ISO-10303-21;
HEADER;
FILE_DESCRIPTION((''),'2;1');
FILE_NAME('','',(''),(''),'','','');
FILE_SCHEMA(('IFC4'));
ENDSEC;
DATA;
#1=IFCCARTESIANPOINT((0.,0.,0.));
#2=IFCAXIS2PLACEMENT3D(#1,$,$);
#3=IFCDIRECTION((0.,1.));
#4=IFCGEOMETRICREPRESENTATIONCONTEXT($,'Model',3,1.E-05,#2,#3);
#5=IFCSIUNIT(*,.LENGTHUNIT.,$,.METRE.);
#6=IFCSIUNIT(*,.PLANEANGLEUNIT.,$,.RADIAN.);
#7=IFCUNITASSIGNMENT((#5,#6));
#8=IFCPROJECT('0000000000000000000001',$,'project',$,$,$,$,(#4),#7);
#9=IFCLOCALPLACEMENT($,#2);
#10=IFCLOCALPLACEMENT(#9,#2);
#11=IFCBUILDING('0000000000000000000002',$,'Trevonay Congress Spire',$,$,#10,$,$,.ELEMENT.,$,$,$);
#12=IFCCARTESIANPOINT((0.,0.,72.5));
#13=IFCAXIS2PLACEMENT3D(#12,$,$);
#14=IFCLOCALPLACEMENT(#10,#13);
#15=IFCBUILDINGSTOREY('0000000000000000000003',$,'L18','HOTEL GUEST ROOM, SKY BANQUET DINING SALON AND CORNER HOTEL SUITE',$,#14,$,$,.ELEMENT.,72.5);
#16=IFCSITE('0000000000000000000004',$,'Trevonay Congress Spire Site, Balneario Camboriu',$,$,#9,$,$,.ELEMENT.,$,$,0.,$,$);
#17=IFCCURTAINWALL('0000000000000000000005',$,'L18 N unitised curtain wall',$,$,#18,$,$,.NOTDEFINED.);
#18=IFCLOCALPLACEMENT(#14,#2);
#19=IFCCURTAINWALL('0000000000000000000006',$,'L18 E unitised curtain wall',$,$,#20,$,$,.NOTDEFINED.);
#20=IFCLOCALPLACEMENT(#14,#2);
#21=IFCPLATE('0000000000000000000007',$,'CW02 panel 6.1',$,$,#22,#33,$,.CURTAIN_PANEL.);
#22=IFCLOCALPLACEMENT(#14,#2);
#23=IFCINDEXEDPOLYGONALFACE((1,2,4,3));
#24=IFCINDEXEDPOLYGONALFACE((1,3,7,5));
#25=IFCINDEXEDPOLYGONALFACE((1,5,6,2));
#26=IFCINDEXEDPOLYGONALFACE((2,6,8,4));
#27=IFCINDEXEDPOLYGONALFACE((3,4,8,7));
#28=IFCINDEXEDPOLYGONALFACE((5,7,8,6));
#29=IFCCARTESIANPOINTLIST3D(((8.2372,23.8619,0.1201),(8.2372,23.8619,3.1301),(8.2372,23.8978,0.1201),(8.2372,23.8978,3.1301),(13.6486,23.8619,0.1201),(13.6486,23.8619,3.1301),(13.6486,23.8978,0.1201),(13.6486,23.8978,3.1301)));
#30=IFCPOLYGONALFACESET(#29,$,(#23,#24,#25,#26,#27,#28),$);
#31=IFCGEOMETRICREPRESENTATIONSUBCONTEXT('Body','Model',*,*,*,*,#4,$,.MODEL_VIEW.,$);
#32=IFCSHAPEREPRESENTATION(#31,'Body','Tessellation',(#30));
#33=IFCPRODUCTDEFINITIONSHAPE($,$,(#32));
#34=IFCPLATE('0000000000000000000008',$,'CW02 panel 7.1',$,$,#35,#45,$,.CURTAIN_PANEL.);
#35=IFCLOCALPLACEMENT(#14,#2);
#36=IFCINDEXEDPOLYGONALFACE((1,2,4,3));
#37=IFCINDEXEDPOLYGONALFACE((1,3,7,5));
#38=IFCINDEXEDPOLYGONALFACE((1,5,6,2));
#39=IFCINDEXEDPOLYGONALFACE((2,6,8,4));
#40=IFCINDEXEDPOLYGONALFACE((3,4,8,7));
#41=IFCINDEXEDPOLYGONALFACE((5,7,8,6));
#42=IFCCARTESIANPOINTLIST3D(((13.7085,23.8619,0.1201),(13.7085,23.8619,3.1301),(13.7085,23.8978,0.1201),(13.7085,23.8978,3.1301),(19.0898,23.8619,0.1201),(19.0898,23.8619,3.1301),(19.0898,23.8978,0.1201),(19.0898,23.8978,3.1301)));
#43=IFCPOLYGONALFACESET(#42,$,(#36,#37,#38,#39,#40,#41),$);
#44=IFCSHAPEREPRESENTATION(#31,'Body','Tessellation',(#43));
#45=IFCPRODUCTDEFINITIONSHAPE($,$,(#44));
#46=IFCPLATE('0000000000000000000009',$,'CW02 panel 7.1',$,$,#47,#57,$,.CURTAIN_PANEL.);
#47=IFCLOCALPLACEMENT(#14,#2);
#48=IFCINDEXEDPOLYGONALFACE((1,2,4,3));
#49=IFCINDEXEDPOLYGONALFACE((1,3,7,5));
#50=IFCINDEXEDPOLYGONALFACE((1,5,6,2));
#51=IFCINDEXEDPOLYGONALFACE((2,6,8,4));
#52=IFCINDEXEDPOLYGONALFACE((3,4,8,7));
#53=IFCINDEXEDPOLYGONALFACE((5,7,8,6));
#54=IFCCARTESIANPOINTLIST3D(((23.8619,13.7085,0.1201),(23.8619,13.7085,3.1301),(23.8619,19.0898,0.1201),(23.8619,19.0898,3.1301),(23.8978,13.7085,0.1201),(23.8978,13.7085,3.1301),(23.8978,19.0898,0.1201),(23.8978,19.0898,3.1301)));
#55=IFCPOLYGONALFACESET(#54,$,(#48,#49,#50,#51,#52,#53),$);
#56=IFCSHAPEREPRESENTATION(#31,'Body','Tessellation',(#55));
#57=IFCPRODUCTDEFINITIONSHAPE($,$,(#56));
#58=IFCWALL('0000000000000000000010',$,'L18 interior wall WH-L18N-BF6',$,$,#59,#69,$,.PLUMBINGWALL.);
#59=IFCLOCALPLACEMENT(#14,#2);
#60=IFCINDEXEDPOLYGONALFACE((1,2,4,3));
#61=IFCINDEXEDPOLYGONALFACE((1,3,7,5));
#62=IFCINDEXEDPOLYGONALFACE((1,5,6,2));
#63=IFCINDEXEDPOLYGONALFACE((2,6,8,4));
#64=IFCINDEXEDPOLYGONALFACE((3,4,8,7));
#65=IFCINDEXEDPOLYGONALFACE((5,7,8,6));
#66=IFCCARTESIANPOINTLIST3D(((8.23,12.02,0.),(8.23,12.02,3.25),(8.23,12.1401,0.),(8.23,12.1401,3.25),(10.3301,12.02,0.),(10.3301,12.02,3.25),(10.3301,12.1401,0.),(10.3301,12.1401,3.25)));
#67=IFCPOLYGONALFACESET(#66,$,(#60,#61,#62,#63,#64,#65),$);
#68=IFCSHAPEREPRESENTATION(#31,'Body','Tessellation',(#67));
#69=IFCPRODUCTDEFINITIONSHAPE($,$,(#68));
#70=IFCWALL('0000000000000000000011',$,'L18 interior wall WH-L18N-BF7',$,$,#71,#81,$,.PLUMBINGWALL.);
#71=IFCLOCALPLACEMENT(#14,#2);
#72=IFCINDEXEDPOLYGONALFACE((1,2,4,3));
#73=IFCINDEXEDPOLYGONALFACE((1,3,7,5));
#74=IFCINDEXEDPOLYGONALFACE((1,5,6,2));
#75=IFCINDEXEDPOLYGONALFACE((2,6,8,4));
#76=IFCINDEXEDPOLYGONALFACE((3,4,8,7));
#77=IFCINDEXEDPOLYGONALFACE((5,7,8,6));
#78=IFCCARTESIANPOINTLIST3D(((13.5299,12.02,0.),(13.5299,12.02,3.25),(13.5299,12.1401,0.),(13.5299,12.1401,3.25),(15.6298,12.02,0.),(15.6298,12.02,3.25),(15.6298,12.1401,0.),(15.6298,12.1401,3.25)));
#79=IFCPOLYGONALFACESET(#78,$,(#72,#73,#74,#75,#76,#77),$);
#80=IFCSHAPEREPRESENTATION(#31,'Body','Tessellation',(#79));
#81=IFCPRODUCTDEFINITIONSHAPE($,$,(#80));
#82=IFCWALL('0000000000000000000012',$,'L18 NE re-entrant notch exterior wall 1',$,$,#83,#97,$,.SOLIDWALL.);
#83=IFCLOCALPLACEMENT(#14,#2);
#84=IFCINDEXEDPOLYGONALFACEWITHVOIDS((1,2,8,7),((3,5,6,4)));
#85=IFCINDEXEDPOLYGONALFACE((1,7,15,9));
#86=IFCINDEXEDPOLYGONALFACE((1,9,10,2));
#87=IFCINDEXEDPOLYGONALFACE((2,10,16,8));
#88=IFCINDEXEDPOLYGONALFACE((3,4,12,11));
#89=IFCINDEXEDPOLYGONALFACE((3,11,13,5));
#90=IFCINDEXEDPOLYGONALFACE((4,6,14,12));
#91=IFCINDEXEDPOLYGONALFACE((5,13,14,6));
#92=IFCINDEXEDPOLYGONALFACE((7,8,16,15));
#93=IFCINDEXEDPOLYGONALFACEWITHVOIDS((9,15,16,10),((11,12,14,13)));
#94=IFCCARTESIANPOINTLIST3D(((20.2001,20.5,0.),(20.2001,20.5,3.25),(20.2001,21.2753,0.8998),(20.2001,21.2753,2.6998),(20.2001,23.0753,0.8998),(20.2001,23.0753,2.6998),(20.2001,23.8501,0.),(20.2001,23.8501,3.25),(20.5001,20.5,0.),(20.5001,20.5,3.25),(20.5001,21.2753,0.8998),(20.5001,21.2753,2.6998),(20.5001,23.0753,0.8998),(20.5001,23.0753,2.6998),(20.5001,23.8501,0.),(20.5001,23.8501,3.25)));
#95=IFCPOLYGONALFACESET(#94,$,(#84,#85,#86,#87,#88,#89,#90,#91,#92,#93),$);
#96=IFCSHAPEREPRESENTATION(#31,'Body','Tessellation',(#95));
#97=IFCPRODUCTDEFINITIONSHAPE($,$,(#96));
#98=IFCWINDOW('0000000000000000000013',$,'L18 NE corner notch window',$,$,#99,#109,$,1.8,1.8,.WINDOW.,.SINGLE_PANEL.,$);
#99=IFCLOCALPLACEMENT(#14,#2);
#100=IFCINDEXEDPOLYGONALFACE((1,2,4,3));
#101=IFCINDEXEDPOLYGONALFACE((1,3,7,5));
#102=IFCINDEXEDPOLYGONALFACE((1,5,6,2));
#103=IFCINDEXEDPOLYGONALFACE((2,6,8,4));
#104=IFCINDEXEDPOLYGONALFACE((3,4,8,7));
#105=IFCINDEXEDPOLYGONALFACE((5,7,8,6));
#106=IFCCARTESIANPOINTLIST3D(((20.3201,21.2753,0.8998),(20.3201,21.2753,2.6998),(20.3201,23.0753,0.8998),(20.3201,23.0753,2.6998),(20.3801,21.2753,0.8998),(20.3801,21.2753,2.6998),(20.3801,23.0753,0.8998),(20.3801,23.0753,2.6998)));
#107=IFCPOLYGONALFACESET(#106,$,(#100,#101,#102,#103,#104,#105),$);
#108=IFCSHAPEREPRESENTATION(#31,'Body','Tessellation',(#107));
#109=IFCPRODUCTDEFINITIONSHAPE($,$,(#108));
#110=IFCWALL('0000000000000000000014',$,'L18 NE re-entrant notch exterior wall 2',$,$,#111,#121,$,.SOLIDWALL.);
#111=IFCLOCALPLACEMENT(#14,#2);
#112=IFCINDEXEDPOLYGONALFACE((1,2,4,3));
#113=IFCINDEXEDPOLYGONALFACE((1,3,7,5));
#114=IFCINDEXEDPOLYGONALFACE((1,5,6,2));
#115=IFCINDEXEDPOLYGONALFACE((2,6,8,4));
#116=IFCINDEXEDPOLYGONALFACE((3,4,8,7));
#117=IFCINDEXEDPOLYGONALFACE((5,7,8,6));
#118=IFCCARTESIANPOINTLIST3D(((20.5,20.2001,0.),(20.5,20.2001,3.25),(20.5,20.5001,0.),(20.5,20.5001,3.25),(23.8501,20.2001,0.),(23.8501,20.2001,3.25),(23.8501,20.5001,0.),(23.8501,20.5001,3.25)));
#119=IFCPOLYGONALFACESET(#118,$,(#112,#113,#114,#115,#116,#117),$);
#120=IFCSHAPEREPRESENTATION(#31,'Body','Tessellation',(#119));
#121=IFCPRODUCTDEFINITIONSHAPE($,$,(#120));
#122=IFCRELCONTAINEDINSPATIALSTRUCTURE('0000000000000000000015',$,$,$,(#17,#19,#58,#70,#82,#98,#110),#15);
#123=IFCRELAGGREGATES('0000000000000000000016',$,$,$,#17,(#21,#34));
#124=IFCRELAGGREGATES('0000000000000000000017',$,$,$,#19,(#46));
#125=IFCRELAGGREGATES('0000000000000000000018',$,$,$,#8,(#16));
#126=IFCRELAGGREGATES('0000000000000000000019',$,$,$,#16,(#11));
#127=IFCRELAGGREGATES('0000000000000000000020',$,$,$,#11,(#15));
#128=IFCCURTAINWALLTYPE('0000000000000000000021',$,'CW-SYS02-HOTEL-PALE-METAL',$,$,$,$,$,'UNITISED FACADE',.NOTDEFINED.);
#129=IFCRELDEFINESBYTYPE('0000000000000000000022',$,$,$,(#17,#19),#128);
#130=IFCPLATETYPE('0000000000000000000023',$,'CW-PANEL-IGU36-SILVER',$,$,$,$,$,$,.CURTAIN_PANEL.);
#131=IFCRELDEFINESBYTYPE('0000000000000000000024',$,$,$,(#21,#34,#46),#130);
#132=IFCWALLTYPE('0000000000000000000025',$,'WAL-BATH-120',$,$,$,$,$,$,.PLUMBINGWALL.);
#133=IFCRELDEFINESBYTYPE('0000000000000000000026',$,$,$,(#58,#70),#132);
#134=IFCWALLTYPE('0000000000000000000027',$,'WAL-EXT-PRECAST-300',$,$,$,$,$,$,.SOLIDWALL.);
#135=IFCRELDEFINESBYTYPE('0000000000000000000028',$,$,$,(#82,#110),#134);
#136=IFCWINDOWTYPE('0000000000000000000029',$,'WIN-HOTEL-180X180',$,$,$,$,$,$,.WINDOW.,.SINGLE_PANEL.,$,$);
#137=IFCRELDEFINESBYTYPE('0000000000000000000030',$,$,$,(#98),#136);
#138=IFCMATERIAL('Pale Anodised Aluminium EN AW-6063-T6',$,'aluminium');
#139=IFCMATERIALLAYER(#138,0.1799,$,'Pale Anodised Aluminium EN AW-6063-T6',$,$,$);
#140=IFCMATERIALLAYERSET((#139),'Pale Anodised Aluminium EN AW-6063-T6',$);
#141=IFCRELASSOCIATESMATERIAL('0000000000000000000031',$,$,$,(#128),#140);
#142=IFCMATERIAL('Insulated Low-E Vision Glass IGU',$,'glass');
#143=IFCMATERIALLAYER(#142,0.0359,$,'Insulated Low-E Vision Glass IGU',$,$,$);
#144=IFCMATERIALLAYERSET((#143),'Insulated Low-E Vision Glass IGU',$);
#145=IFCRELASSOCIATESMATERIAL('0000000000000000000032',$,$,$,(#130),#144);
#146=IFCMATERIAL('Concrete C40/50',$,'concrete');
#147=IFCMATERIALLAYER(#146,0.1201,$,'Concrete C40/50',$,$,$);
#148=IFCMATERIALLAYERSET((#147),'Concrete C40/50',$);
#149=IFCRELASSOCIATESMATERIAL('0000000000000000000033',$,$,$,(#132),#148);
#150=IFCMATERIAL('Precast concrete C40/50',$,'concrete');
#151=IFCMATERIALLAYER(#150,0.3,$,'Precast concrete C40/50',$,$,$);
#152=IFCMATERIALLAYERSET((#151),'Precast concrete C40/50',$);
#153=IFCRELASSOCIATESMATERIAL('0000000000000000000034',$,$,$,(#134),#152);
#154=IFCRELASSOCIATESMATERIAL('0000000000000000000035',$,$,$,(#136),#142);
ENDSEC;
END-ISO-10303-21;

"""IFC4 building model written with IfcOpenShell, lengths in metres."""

from ifc_helpers import new_model, si_unit, direction, frame, frame_2d, origin, origin_2d, place, context, subcontext, project, spatial, rectangle, extrude, material, layer, layer_set, type_object, element, fill, aggregate, save


model = new_model("IFC4")

# Units and contexts
model_context = context("Model", 3, precision=1e-05, world=origin(), true_north=direction((0.0, 1.0)))
body_context = subcontext(model_context, "Body", "Model", "MODEL_VIEW")
ifc_project = project(units=[si_unit("LENGTHUNIT", "METRE"), si_unit("PLANEANGLEUNIT", "RADIAN")], contexts=[model_context])

# Site, building, storey
site_placement = place(None, origin())
site = spatial("IfcSite", under=ifc_project, at=site_placement, Name="Trevonay Congress Spire Site, Balneario Camboriu", CompositionType="ELEMENT", RefElevation=0.0)
building_placement = place(site_placement, origin())
building = spatial("IfcBuilding", under=site, at=building_placement, Name="Trevonay Congress Spire", CompositionType="ELEMENT")
storey_placement = place(building_placement, frame((0.0, 0.0, 72.5)))
storey = spatial("IfcBuildingStorey", under=building, at=storey_placement, Name="L18", Description="HOTEL GUEST ROOM, SKY BANQUET DINING SALON AND CORNER HOTEL SUITE", CompositionType="ELEMENT", Elevation=72.5)

# Curtain walls
ifc_material_1 = material(Name="Pale Anodised Aluminium EN AW-6063-T6", Category="aluminium")
ifc_layer_1 = layer(ifc_material_1, 0.1799, Name="Pale Anodised Aluminium EN AW-6063-T6")
ifc_layer_set_1 = layer_set([ifc_layer_1], Name="Pale Anodised Aluminium EN AW-6063-T6")
curtain_wall_type = type_object("IfcCurtainWallType", Name="CW-SYS02-HOTEL-PALE-METAL", ElementType="UNITISED FACADE", PredefinedType="NOTDEFINED", material=ifc_layer_set_1)
curtain_wall_1_placement = place(storey_placement, origin())
curtain_wall_1 = element("IfcCurtainWall", 1, at=curtain_wall_1_placement, inside=storey, type_object=curtain_wall_type, Name="L18 N unitised curtain wall", PredefinedType="NOTDEFINED")
curtain_wall_2_placement = place(storey_placement, origin())
curtain_wall_2 = element("IfcCurtainWall", 2, at=curtain_wall_2_placement, inside=storey, type_object=curtain_wall_type, Name="L18 E unitised curtain wall", PredefinedType="NOTDEFINED")

# Plates
ifc_material_2 = material(Name="Insulated Low-E Vision Glass IGU", Category="glass")
ifc_layer_2 = layer(ifc_material_2, 0.0359, Name="Insulated Low-E Vision Glass IGU")
ifc_layer_set_2 = layer_set([ifc_layer_2], Name="Insulated Low-E Vision Glass IGU")
plate_type = type_object("IfcPlateType", Name="CW-PANEL-IGU36-SILVER", PredefinedType="CURTAIN_PANEL", material=ifc_layer_set_2)
plate_1_placement = place(storey_placement, frame((10.9429, 23.8799, 0.1201), z_axis=(0.0, 0.0, 1.0), x_axis=(1.0, 0.0, 0.0)))
plate_1 = element("IfcPlate", 3, at=plate_1_placement, type_object=plate_type, Name="CW02 panel 6.1", PredefinedType="CURTAIN_PANEL", context=body_context, shape_type="SweptSolid", body=[
    extrude(rectangle(XDim=5.4114, YDim=0.0359, at=origin_2d()), origin(), (0.0, 0.0, 1.0), 3.01),
])
plate_2_placement = place(storey_placement, frame((16.3992, 23.8799, 0.1201), z_axis=(0.0, 0.0, 1.0), x_axis=(1.0, 0.0, 0.0)))
plate_2 = element("IfcPlate", 4, at=plate_2_placement, type_object=plate_type, Name="CW02 panel 7.1", PredefinedType="CURTAIN_PANEL", context=body_context, shape_type="SweptSolid", body=[
    extrude(rectangle(XDim=5.3813, YDim=0.0359, at=origin_2d()), origin(), (0.0, 0.0, 1.0), 3.01),
])
aggregate(curtain_wall_1, [plate_1, plate_2])
plate_3_placement = place(storey_placement, frame((23.8799, 16.3992, 0.1201), z_axis=(0.0, 0.0, 1.0), x_axis=(0.0, 1.0, 0.0)))
plate_3 = element("IfcPlate", 5, at=plate_3_placement, type_object=plate_type, Name="CW02 panel 7.1", PredefinedType="CURTAIN_PANEL", context=body_context, shape_type="SweptSolid", body=[
    extrude(rectangle(XDim=5.3813, YDim=0.0359, at=origin_2d()), origin(), (0.0, 0.0, 1.0), 3.01),
])
aggregate(curtain_wall_2, [plate_3])

# Walls
ifc_material_3 = material(Name="Concrete C40/50", Category="concrete")
ifc_layer_3 = layer(ifc_material_3, 0.1201, Name="Concrete C40/50")
ifc_layer_set_3 = layer_set([ifc_layer_3], Name="Concrete C40/50")
wall_type_1 = type_object("IfcWallType", Name="WAL-BATH-120", PredefinedType="PLUMBINGWALL", material=ifc_layer_set_3)
wall_1_placement = place(storey_placement, frame((8.23, 12.0801, 0.0), z_axis=(0.0, 0.0, 1.0), x_axis=(1.0, 0.0, 0.0)))
element("IfcWall", 6, at=wall_1_placement, inside=storey, type_object=wall_type_1, Name="L18 interior wall WH-L18N-BF6", PredefinedType="PLUMBINGWALL", context=body_context, shape_type="SweptSolid", body=[
    extrude(rectangle(XDim=2.1001, YDim=0.1201, at=frame_2d((1.05, 0.0))), origin(), (0.0, 0.0, 1.0), 3.25),
])
wall_2_placement = place(storey_placement, frame((13.53, 12.0801, 0.0), z_axis=(0.0, 0.0, 1.0), x_axis=(1.0, 0.0, 0.0)))
element("IfcWall", 7, at=wall_2_placement, inside=storey, type_object=wall_type_1, Name="L18 interior wall WH-L18N-BF7", PredefinedType="PLUMBINGWALL", context=body_context, shape_type="SweptSolid", body=[
    extrude(rectangle(XDim=2.0999, YDim=0.1201, at=frame_2d((1.0498, 0.0))), origin(), (0.0, 0.0, 1.0), 3.25),
])

# Wall, opening, window
ifc_material_4 = material(Name="Precast concrete C40/50", Category="concrete")
ifc_layer_4 = layer(ifc_material_4, 0.3, Name="Precast concrete C40/50")
ifc_layer_set_4 = layer_set([ifc_layer_4], Name="Precast concrete C40/50")
wall_type_2 = type_object("IfcWallType", Name="WAL-EXT-PRECAST-300", PredefinedType="SOLIDWALL", material=ifc_layer_set_4)
wall_3_placement = place(storey_placement, frame((20.3501, 23.8501, 0.0), z_axis=(0.0, 0.0, 1.0), x_axis=(0.0, -1.0, 0.0)))
wall_3 = element("IfcWall", 8, at=wall_3_placement, inside=storey, type_object=wall_type_2, Name="L18 NE re-entrant notch exterior wall 1", PredefinedType="SOLIDWALL", context=body_context, shape_type="SweptSolid", body=[
    extrude(rectangle(XDim=3.3501, YDim=0.3, at=frame_2d((1.675, 0.0))), origin(), (0.0, 0.0, 1.0), 3.25),
])
opening_placement = place(wall_3_placement, frame((0.7749, 0.0, 0.8999)))
opening = element("IfcOpeningElement", 9, at=opening_placement, cuts=wall_3, PredefinedType="OPENING", context=body_context, shape_type="SweptSolid", body=[
    extrude(rectangle(XDim=1.8, YDim=1.8, at=frame_2d((0.8999, 0.8999))), frame((0.0, 0.1602, 0.0), z_axis=(0.0, -1.0, 0.0), x_axis=(1.0, 0.0, 0.0)), (0.0, 0.0, 1.0), 0.3201),
])
window_type = type_object("IfcWindowType", Name="WIN-HOTEL-180X180", PartitioningType="SINGLE_PANEL", PredefinedType="WINDOW", material=ifc_material_2)
window_placement = place(opening_placement, origin())
window = element("IfcWindow", 10, at=window_placement, inside=storey, type_object=window_type, Name="L18 NE corner notch window", OverallHeight=1.8, OverallWidth=1.8, PartitioningType="SINGLE_PANEL", PredefinedType="WINDOW", context=body_context, shape_type="SweptSolid", body=[
    extrude(rectangle(XDim=1.8, YDim=1.8, at=frame_2d((0.8999, 0.8999))), frame((0.0, 0.03, 0.0), z_axis=(0.0, -1.0, 0.0), x_axis=(1.0, 0.0, 0.0)), (0.0, 0.0, 1.0), 0.0601),
])
fill(opening, window)

# Wall
wall_4_placement = place(storey_placement, frame((23.8501, 20.3501, 0.0), z_axis=(0.0, 0.0, 1.0), x_axis=(-1.0, 0.0, 0.0)))
element("IfcWall", 11, at=wall_4_placement, inside=storey, type_object=wall_type_2, Name="L18 NE re-entrant notch exterior wall 2", PredefinedType="SOLIDWALL", context=body_context, shape_type="SweptSolid", body=[
    extrude(rectangle(XDim=3.3501, YDim=0.3, at=frame_2d((1.675, 0.0))), origin(), (0.0, 0.0, 1.0), 3.25),
])

save(model, "model.ifc")
